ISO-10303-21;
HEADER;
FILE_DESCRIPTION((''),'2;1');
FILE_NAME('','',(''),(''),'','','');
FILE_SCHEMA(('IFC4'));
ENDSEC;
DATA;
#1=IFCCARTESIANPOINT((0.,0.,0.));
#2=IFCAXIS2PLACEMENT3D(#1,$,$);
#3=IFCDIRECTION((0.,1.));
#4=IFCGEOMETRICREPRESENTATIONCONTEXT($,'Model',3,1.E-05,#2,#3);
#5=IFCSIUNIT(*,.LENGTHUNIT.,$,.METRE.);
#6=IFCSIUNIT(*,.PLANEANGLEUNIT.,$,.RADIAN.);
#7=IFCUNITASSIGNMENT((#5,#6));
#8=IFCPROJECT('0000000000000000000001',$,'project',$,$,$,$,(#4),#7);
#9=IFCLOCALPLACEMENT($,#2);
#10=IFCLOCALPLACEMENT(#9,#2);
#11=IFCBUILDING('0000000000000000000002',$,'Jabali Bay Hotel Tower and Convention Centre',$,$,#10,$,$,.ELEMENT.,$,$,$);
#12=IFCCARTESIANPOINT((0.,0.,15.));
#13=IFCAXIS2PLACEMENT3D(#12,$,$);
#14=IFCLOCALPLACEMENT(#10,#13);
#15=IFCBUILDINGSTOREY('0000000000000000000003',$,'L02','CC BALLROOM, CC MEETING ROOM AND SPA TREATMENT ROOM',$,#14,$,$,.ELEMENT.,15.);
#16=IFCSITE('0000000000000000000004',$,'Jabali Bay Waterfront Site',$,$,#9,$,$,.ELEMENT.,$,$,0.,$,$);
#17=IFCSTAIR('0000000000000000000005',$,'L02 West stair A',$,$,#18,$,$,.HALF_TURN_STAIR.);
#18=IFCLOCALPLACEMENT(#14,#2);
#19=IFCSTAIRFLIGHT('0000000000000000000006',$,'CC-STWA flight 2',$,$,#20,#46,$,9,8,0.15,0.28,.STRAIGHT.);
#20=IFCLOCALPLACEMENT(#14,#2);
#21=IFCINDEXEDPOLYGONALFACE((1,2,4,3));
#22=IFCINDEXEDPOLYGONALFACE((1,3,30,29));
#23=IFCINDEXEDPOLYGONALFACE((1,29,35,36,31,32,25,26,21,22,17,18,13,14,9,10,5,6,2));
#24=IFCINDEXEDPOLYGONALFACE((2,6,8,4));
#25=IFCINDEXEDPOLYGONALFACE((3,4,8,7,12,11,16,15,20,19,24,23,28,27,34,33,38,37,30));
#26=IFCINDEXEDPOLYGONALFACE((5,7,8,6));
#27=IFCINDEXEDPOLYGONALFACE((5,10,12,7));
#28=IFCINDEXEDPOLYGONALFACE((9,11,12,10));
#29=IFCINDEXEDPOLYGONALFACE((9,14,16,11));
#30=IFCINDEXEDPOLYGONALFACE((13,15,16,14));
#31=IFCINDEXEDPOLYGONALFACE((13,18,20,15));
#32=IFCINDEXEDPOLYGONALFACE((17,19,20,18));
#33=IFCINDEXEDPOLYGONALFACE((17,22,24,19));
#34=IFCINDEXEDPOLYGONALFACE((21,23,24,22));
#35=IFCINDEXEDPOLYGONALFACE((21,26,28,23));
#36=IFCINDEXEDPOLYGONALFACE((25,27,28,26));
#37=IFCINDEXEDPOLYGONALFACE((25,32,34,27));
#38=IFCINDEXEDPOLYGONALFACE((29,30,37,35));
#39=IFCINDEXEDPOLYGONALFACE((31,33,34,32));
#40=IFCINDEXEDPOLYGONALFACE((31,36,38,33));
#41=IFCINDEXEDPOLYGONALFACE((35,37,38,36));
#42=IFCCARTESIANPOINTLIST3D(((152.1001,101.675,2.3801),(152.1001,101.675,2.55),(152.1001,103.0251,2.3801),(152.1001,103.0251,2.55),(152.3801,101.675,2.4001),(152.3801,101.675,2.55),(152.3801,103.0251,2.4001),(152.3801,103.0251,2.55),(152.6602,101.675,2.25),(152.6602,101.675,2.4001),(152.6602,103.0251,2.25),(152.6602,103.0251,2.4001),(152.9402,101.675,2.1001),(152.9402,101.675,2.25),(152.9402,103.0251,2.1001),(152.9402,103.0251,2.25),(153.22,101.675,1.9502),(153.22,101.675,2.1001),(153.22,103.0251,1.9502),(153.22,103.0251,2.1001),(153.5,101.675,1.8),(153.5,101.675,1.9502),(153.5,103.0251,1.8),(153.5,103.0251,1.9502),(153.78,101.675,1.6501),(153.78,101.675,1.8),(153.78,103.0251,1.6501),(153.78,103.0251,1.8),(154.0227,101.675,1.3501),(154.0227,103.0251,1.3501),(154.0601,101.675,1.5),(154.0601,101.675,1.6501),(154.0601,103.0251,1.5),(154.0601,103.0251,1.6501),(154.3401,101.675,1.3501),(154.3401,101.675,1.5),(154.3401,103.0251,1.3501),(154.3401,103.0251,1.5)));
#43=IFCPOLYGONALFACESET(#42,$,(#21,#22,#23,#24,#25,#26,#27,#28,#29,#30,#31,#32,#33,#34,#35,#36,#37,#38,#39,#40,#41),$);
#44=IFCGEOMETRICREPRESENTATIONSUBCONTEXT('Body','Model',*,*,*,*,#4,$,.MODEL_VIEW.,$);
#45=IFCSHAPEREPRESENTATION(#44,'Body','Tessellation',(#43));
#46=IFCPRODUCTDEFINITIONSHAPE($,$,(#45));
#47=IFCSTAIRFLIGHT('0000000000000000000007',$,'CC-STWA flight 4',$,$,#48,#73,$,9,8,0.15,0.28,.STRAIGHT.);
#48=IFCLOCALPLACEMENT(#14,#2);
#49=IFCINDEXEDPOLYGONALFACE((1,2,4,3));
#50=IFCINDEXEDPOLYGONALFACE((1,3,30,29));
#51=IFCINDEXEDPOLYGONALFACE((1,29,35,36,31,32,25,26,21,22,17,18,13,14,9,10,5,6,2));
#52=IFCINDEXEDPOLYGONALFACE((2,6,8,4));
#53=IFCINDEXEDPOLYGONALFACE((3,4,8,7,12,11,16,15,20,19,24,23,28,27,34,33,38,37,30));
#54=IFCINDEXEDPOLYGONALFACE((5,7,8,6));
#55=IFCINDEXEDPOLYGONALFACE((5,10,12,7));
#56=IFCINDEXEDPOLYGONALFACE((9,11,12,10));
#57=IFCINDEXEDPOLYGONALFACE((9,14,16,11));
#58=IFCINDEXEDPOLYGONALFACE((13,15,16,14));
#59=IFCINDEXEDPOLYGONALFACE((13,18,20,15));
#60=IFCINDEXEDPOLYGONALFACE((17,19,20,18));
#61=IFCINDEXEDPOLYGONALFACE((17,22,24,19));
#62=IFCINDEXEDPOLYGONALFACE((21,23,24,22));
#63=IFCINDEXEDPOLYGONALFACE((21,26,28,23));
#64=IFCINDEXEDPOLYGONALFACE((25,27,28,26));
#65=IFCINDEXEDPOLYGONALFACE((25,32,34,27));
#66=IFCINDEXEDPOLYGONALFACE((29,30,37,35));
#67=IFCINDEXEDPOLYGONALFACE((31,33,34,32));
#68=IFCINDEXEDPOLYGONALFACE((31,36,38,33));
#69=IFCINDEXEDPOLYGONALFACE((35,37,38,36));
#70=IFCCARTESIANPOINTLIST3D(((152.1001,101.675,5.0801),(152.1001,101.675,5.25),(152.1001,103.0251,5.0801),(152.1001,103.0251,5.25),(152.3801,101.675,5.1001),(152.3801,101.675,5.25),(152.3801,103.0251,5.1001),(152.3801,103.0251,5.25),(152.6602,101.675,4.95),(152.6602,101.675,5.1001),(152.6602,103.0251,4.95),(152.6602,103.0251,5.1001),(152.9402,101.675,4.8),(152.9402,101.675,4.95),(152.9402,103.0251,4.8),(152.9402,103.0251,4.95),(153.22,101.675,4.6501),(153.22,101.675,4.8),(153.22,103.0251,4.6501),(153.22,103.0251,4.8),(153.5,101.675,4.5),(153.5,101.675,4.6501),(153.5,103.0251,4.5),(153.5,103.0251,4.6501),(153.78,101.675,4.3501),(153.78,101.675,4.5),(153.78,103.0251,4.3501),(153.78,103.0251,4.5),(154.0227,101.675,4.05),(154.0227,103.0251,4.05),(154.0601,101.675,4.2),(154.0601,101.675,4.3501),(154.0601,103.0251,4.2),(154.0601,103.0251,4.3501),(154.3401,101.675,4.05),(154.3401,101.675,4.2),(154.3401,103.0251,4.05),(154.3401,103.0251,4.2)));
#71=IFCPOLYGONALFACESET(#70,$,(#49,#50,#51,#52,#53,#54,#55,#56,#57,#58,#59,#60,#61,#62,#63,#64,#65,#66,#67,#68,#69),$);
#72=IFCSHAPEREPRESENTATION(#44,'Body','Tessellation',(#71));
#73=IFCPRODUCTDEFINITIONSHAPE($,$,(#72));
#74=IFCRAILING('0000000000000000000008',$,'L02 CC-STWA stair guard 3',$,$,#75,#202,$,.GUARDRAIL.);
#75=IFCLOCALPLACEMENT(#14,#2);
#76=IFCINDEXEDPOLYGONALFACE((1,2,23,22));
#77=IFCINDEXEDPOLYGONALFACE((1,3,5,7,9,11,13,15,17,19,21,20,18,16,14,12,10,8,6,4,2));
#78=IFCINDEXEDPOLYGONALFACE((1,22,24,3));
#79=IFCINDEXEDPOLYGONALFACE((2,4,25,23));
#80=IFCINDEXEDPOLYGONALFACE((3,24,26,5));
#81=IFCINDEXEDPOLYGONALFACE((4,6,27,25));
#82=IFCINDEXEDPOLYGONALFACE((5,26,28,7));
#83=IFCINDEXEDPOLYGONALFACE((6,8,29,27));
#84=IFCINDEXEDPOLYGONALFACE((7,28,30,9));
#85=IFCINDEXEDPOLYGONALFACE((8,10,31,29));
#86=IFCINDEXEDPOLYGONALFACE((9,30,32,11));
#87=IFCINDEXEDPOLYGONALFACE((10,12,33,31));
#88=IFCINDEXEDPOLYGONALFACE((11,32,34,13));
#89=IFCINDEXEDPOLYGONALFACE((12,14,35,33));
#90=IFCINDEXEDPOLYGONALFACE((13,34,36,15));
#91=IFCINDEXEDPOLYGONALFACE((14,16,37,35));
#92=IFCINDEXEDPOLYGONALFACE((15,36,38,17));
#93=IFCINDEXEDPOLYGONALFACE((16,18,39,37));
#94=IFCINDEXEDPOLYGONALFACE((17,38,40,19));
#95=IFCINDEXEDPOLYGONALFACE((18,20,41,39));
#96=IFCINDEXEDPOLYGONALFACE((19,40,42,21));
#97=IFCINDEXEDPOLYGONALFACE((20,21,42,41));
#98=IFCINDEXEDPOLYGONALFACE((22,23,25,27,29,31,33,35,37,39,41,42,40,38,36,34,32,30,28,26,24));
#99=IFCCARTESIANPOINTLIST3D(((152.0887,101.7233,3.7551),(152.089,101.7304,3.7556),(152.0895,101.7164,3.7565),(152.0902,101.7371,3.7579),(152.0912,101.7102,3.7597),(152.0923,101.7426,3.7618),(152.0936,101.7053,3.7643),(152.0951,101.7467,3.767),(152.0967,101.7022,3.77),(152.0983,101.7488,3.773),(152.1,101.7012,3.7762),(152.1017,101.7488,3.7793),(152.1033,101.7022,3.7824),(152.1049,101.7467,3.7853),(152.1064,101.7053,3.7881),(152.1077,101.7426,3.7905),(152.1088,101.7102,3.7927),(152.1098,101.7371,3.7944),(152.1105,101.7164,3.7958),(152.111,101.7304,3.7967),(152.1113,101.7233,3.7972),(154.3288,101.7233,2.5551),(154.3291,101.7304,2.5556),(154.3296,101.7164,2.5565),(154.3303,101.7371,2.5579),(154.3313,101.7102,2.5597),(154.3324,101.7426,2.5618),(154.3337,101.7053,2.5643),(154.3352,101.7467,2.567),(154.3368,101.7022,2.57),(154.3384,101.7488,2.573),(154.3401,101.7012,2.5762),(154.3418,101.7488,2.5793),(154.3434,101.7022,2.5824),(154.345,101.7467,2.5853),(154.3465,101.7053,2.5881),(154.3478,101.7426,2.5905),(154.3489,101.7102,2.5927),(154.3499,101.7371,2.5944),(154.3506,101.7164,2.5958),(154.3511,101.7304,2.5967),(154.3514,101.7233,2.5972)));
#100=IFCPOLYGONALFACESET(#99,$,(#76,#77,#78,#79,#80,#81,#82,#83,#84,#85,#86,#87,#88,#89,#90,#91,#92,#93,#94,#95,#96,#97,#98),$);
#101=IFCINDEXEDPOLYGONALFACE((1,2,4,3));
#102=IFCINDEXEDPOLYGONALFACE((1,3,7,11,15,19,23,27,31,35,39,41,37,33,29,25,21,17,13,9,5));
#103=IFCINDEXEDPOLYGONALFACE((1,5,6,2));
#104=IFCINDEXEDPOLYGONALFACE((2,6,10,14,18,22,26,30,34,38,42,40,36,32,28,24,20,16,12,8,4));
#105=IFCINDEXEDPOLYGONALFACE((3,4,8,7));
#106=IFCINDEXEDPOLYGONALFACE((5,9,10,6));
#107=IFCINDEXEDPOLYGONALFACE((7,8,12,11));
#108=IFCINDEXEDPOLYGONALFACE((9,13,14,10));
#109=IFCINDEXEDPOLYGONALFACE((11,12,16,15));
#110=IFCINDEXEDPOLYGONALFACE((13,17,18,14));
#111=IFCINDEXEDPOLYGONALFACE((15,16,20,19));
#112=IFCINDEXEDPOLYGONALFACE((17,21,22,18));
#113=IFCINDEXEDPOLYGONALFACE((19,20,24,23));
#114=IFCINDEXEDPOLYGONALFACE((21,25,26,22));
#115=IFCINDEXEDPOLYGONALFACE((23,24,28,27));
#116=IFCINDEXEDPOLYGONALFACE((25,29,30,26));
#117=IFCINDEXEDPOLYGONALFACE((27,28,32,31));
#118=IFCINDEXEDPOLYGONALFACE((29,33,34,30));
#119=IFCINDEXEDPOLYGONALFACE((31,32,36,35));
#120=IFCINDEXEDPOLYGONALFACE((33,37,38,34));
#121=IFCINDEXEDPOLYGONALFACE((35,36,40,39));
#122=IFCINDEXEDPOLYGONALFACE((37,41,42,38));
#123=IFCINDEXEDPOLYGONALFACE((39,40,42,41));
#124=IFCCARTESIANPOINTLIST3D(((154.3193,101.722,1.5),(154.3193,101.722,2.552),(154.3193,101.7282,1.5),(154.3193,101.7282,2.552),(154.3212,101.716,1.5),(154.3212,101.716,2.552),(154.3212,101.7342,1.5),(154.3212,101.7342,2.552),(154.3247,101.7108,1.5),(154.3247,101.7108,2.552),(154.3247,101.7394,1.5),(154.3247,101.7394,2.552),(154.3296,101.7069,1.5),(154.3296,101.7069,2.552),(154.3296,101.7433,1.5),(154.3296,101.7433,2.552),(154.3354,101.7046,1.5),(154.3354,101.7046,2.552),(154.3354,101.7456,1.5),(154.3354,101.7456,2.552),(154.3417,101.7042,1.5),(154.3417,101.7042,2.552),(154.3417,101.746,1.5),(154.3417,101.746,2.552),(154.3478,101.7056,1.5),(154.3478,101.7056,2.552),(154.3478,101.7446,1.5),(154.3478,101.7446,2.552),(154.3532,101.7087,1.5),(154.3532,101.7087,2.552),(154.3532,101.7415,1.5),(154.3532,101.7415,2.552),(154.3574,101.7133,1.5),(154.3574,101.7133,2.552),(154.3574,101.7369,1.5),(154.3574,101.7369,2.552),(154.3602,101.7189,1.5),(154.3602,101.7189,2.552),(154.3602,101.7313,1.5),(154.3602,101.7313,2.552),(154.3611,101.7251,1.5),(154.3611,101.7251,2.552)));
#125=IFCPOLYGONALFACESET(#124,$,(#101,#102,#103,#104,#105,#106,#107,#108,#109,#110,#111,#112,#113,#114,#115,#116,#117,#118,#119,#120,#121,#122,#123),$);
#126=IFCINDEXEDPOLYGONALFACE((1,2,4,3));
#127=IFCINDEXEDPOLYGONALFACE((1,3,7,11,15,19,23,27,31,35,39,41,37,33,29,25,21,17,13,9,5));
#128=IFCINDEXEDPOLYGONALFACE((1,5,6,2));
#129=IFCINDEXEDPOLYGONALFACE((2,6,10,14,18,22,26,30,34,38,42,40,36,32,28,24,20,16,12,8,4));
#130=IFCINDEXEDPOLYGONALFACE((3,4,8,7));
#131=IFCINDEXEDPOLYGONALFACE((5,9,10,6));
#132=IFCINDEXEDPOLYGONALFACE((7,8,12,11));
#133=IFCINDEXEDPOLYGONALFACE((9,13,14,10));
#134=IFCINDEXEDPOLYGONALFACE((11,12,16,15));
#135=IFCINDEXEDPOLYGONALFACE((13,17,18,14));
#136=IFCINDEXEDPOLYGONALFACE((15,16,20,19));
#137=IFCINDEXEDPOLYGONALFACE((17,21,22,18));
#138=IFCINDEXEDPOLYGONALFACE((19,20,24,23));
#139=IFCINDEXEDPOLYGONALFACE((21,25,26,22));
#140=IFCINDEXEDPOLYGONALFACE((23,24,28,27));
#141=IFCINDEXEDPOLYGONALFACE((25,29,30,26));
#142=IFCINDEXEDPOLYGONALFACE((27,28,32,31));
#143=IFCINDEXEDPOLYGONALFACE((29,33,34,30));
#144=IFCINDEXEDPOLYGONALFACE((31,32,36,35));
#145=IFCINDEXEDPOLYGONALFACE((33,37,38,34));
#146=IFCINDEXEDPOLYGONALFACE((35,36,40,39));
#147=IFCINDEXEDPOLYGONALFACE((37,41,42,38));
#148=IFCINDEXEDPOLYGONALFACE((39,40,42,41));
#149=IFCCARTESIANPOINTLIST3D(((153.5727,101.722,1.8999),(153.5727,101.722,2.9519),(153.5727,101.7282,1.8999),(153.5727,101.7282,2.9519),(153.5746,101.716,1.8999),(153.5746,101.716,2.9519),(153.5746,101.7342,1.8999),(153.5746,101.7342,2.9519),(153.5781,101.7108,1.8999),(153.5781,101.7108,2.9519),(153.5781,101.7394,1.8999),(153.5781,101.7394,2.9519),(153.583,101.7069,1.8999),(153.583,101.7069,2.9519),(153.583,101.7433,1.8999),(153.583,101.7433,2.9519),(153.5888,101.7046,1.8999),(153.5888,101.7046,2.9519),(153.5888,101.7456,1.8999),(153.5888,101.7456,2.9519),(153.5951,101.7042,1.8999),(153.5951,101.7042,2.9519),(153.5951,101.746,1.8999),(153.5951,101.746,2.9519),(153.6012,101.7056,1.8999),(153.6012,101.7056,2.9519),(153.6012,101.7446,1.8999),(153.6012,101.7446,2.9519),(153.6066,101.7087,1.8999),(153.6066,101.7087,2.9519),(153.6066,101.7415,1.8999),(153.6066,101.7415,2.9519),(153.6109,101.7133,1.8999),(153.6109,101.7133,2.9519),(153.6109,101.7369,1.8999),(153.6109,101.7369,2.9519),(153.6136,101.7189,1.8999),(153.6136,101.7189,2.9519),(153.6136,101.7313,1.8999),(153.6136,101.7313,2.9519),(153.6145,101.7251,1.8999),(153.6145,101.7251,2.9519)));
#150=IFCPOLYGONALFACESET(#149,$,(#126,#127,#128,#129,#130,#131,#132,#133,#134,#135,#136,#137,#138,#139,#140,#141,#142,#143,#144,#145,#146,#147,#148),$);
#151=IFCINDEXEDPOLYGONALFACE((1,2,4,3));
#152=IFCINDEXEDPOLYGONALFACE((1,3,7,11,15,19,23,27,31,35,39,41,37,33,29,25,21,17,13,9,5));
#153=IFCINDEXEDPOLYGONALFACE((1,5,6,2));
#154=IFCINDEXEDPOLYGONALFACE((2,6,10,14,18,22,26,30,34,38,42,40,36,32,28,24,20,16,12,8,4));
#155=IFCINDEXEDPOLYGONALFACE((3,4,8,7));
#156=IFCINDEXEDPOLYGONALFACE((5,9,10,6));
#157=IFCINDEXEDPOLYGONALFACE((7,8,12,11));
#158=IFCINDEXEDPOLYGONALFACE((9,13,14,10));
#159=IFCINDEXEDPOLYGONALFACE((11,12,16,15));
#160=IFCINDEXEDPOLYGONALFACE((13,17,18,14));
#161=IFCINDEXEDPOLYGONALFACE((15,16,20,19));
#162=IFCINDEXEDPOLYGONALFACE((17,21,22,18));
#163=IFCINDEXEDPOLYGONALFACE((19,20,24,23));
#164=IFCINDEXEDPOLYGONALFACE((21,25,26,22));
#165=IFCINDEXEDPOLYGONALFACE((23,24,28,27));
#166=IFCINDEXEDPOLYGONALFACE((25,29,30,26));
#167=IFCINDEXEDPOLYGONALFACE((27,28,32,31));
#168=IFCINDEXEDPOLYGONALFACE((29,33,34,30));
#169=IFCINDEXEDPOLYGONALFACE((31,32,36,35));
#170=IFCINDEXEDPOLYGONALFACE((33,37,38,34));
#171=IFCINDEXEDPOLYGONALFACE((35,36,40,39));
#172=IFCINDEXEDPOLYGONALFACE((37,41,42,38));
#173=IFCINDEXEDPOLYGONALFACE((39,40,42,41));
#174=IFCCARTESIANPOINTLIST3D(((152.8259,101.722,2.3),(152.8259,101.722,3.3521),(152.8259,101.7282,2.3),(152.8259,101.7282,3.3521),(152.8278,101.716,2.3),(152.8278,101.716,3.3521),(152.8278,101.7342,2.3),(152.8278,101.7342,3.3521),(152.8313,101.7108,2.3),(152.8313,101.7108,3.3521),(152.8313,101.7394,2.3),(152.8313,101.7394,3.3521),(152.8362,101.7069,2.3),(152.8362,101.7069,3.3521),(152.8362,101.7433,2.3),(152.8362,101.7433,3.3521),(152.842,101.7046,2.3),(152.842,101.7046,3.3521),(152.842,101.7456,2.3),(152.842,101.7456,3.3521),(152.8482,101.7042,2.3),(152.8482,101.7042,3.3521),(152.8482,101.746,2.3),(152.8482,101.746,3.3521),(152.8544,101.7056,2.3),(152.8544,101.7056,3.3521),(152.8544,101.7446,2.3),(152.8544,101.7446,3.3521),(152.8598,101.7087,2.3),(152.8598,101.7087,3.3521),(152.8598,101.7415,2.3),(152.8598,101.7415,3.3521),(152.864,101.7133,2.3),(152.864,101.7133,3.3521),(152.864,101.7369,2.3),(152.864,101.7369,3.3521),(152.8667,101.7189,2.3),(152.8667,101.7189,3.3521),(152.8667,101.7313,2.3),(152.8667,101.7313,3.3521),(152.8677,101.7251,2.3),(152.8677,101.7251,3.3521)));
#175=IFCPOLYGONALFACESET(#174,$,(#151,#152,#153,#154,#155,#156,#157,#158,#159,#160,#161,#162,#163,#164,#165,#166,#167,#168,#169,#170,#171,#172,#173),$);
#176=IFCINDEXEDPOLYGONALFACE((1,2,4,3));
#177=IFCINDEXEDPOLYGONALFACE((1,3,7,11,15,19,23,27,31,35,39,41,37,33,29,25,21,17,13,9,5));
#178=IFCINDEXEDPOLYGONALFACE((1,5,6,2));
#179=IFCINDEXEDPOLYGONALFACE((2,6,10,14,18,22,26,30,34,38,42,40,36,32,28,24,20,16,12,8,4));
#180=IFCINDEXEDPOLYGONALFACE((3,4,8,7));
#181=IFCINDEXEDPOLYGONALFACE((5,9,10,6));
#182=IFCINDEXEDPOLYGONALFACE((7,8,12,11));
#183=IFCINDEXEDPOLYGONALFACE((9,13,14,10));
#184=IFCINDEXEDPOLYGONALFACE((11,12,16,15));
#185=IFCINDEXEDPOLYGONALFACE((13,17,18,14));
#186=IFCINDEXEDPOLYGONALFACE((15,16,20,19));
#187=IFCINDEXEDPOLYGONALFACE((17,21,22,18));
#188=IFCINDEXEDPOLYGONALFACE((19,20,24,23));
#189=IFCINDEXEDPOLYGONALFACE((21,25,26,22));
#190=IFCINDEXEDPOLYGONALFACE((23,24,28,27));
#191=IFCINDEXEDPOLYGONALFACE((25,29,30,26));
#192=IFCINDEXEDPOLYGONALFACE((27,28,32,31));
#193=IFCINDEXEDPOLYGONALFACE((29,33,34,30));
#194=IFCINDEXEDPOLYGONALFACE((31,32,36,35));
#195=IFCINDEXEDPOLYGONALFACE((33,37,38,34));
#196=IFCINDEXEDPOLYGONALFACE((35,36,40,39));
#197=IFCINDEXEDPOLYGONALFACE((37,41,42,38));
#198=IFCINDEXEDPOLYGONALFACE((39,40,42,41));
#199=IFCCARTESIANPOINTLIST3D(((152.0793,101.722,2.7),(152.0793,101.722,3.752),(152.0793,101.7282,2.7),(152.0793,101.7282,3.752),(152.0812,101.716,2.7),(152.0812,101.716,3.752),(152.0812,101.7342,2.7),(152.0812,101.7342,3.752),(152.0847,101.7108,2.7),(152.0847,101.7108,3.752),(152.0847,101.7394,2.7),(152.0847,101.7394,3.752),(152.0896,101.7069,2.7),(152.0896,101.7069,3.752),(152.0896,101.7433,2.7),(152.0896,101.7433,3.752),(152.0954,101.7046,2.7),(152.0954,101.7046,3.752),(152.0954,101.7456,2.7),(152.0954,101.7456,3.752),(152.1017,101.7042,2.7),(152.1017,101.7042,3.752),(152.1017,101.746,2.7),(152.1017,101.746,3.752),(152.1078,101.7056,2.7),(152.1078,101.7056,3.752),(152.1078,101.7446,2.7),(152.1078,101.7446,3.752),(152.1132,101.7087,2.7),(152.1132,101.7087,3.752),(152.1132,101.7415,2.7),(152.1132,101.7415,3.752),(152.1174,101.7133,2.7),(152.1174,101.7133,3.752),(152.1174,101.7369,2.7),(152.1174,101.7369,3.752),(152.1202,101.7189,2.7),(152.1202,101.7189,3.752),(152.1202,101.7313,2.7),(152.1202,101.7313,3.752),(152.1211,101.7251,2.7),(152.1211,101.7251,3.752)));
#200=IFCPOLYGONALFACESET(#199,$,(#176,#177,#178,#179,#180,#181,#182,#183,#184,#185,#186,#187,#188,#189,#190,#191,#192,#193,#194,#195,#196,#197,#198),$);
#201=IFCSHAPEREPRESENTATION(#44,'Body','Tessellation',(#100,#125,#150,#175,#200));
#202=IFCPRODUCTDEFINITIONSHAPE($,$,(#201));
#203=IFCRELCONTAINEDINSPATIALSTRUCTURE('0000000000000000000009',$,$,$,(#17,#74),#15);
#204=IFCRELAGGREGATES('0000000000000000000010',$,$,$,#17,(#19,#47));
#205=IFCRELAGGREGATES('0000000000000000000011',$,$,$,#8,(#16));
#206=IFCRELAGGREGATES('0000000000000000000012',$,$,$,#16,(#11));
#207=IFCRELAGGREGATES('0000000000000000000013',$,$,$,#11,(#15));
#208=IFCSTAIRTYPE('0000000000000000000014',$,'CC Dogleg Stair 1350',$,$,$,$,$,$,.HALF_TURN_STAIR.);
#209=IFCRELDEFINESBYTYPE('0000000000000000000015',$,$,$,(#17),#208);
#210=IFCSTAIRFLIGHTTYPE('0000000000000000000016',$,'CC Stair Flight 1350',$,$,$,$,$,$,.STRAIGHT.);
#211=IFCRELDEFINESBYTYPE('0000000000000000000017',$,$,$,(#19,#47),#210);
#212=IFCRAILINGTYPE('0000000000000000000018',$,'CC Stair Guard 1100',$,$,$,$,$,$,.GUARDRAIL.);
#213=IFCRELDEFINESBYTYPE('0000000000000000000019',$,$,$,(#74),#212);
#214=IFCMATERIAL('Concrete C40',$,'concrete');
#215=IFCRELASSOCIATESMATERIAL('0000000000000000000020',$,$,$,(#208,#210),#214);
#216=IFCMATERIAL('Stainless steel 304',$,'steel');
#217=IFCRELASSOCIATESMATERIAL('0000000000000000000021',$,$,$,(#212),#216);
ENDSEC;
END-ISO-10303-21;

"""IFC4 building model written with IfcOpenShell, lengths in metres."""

from ifc_helpers import new_model, si_unit, direction, frame, origin, origin_2d, place, context, subcontext, project, spatial, polyline, circle, outline, extrude, material, type_object, element, aggregate, save


model = new_model("IFC4")

# Units and contexts
model_context = context("Model", 3, precision=1e-05, world=origin(), true_north=direction((0.0, 1.0)))
body_context = subcontext(model_context, "Body", "Model", "MODEL_VIEW")
ifc_project = project(units=[si_unit("LENGTHUNIT", "METRE"), si_unit("PLANEANGLEUNIT", "RADIAN")], contexts=[model_context])

# Site, building, storey
site_placement = place(None, origin())
site = spatial("IfcSite", under=ifc_project, at=site_placement, Name="Jabali Bay Waterfront Site", CompositionType="ELEMENT", RefElevation=0.0)
building_placement = place(site_placement, origin())
building = spatial("IfcBuilding", under=site, at=building_placement, Name="Jabali Bay Hotel Tower and Convention Centre", CompositionType="ELEMENT")
storey_placement = place(building_placement, frame((0.0, 0.0, 15.0)))
storey = spatial("IfcBuildingStorey", under=building, at=storey_placement, Name="L02", Description="CC BALLROOM, CC MEETING ROOM AND SPA TREATMENT ROOM", CompositionType="ELEMENT", Elevation=15.0)

# Shared definitions
ifc_material_1 = material(Name="Concrete C40", Category="concrete")

# Stair, stair flights
stair_type = type_object("IfcStairType", Name="CC Dogleg Stair 1350", PredefinedType="HALF_TURN_STAIR", material=ifc_material_1)
stair_placement = place(storey_placement, origin())
stair = element("IfcStair", 1, at=stair_placement, inside=storey, type_object=stair_type, Name="L02 West stair A", PredefinedType="HALF_TURN_STAIR")
stair_flight_type = type_object("IfcStairFlightType", Name="CC Stair Flight 1350", PredefinedType="STRAIGHT", material=ifc_material_1)
stair_flight_1_placement = place(storey_placement, frame((154.3401, 102.3501, 1.3501), z_axis=(0.0, 0.0, 1.0), x_axis=(-1.0, 0.0, 0.0)))
stair_flight_1 = element("IfcStairFlight", 2, at=stair_flight_1_placement, type_object=stair_flight_type, Name="CC-STWA flight 2", NumberOfRisers=9, NumberOfTreads=8, PredefinedType="STRAIGHT", RiserHeight=0.15, TreadLength=0.28, context=body_context, shape_type="SweptSolid", body=[
    extrude(outline(polyline([(0.0, 0.0), (0.0, 0.1499), (0.28, 0.1499), (0.28, 0.3), (0.5601, 0.3), (0.5601, 0.45), (0.8401, 0.45), (0.8401, 0.6001), (1.1201, 0.6001), (1.1201, 0.75), (1.3999, 0.75), (1.3999, 0.8999), (1.6799, 0.8999), (1.6799, 1.05), (1.96, 1.05), (1.96, 1.2), (2.24, 1.2), (2.24, 1.3501), (2.24, 1.03), (0.3174, 0.0), (0.0, 0.0)])), frame((0.0, 0.675, 0.0), z_axis=(0.0, -1.0, 0.0), x_axis=(1.0, 0.0, 0.0)), (0.0, 0.0, 1.0), 1.3501),
])
stair_flight_2_placement = place(storey_placement, frame((154.3401, 102.3501, 4.05), z_axis=(0.0, 0.0, 1.0), x_axis=(-1.0, 0.0, 0.0)))
stair_flight_2 = element("IfcStairFlight", 3, at=stair_flight_2_placement, type_object=stair_flight_type, Name="CC-STWA flight 4", NumberOfRisers=9, NumberOfTreads=8, PredefinedType="STRAIGHT", RiserHeight=0.15, TreadLength=0.28, context=body_context, shape_type="SweptSolid", body=[
    extrude(outline(polyline([(0.0, 0.0), (0.0, 0.1499), (0.28, 0.1499), (0.28, 0.3), (0.5601, 0.3), (0.5601, 0.45), (0.8401, 0.45), (0.8401, 0.6001), (1.1201, 0.6001), (1.1201, 0.75), (1.3999, 0.75), (1.3999, 0.8999), (1.6799, 0.8999), (1.6799, 1.05), (1.96, 1.05), (1.96, 1.2), (2.24, 1.2), (2.24, 1.3501), (2.24, 1.03), (0.3174, 0.0), (0.0, 0.0)])), frame((0.0, 0.675, 0.0), z_axis=(0.0, -1.0, 0.0), x_axis=(1.0, 0.0, 0.0)), (0.0, 0.0, 1.0), 1.3501),
])
aggregate(stair, [stair_flight_1, stair_flight_2])

# Railing
ifc_material_2 = material(Name="Stainless steel 304", Category="steel")
railing_type_1 = type_object("IfcRailingType", Name="CC Stair Guard 1100", PredefinedType="GUARDRAIL", material=ifc_material_2)
railing_1_placement = place(storey_placement, frame((154.3401, 101.7251, 1.5)))
element("IfcRailing", 4, at=railing_1_placement, inside=storey, type_object=railing_type_1, Name="L02 CC-STWA stair guard 3", PredefinedType="GUARDRAIL", context=body_context, shape_type="SweptSolid", body=[
    extrude(circle(Radius=0.0239, at=origin_2d()), frame((0.0, 0.0, 1.0762), z_axis=(-0.881487, 0.0, 0.472208), x_axis=(0.0, -1.0, 0.0)), (0.0, 0.0, 1.0), 2.5413),
    extrude(circle(Radius=0.021, at=origin_2d()), origin(), (0.0, 0.0, 1.0), 1.052),
    extrude(circle(Radius=0.021, at=origin_2d()), frame((-0.7466, 0.0, 0.3999)), (0.0, 0.0, 1.0), 1.052),
    extrude(circle(Radius=0.021, at=origin_2d()), frame((-1.4934, 0.0, 0.8)), (0.0, 0.0, 1.0), 1.052),
    extrude(circle(Radius=0.021, at=origin_2d()), frame((-2.24, 0.0, 1.2)), (0.0, 0.0, 1.0), 1.052),
])

save(model, "model.ifc")
